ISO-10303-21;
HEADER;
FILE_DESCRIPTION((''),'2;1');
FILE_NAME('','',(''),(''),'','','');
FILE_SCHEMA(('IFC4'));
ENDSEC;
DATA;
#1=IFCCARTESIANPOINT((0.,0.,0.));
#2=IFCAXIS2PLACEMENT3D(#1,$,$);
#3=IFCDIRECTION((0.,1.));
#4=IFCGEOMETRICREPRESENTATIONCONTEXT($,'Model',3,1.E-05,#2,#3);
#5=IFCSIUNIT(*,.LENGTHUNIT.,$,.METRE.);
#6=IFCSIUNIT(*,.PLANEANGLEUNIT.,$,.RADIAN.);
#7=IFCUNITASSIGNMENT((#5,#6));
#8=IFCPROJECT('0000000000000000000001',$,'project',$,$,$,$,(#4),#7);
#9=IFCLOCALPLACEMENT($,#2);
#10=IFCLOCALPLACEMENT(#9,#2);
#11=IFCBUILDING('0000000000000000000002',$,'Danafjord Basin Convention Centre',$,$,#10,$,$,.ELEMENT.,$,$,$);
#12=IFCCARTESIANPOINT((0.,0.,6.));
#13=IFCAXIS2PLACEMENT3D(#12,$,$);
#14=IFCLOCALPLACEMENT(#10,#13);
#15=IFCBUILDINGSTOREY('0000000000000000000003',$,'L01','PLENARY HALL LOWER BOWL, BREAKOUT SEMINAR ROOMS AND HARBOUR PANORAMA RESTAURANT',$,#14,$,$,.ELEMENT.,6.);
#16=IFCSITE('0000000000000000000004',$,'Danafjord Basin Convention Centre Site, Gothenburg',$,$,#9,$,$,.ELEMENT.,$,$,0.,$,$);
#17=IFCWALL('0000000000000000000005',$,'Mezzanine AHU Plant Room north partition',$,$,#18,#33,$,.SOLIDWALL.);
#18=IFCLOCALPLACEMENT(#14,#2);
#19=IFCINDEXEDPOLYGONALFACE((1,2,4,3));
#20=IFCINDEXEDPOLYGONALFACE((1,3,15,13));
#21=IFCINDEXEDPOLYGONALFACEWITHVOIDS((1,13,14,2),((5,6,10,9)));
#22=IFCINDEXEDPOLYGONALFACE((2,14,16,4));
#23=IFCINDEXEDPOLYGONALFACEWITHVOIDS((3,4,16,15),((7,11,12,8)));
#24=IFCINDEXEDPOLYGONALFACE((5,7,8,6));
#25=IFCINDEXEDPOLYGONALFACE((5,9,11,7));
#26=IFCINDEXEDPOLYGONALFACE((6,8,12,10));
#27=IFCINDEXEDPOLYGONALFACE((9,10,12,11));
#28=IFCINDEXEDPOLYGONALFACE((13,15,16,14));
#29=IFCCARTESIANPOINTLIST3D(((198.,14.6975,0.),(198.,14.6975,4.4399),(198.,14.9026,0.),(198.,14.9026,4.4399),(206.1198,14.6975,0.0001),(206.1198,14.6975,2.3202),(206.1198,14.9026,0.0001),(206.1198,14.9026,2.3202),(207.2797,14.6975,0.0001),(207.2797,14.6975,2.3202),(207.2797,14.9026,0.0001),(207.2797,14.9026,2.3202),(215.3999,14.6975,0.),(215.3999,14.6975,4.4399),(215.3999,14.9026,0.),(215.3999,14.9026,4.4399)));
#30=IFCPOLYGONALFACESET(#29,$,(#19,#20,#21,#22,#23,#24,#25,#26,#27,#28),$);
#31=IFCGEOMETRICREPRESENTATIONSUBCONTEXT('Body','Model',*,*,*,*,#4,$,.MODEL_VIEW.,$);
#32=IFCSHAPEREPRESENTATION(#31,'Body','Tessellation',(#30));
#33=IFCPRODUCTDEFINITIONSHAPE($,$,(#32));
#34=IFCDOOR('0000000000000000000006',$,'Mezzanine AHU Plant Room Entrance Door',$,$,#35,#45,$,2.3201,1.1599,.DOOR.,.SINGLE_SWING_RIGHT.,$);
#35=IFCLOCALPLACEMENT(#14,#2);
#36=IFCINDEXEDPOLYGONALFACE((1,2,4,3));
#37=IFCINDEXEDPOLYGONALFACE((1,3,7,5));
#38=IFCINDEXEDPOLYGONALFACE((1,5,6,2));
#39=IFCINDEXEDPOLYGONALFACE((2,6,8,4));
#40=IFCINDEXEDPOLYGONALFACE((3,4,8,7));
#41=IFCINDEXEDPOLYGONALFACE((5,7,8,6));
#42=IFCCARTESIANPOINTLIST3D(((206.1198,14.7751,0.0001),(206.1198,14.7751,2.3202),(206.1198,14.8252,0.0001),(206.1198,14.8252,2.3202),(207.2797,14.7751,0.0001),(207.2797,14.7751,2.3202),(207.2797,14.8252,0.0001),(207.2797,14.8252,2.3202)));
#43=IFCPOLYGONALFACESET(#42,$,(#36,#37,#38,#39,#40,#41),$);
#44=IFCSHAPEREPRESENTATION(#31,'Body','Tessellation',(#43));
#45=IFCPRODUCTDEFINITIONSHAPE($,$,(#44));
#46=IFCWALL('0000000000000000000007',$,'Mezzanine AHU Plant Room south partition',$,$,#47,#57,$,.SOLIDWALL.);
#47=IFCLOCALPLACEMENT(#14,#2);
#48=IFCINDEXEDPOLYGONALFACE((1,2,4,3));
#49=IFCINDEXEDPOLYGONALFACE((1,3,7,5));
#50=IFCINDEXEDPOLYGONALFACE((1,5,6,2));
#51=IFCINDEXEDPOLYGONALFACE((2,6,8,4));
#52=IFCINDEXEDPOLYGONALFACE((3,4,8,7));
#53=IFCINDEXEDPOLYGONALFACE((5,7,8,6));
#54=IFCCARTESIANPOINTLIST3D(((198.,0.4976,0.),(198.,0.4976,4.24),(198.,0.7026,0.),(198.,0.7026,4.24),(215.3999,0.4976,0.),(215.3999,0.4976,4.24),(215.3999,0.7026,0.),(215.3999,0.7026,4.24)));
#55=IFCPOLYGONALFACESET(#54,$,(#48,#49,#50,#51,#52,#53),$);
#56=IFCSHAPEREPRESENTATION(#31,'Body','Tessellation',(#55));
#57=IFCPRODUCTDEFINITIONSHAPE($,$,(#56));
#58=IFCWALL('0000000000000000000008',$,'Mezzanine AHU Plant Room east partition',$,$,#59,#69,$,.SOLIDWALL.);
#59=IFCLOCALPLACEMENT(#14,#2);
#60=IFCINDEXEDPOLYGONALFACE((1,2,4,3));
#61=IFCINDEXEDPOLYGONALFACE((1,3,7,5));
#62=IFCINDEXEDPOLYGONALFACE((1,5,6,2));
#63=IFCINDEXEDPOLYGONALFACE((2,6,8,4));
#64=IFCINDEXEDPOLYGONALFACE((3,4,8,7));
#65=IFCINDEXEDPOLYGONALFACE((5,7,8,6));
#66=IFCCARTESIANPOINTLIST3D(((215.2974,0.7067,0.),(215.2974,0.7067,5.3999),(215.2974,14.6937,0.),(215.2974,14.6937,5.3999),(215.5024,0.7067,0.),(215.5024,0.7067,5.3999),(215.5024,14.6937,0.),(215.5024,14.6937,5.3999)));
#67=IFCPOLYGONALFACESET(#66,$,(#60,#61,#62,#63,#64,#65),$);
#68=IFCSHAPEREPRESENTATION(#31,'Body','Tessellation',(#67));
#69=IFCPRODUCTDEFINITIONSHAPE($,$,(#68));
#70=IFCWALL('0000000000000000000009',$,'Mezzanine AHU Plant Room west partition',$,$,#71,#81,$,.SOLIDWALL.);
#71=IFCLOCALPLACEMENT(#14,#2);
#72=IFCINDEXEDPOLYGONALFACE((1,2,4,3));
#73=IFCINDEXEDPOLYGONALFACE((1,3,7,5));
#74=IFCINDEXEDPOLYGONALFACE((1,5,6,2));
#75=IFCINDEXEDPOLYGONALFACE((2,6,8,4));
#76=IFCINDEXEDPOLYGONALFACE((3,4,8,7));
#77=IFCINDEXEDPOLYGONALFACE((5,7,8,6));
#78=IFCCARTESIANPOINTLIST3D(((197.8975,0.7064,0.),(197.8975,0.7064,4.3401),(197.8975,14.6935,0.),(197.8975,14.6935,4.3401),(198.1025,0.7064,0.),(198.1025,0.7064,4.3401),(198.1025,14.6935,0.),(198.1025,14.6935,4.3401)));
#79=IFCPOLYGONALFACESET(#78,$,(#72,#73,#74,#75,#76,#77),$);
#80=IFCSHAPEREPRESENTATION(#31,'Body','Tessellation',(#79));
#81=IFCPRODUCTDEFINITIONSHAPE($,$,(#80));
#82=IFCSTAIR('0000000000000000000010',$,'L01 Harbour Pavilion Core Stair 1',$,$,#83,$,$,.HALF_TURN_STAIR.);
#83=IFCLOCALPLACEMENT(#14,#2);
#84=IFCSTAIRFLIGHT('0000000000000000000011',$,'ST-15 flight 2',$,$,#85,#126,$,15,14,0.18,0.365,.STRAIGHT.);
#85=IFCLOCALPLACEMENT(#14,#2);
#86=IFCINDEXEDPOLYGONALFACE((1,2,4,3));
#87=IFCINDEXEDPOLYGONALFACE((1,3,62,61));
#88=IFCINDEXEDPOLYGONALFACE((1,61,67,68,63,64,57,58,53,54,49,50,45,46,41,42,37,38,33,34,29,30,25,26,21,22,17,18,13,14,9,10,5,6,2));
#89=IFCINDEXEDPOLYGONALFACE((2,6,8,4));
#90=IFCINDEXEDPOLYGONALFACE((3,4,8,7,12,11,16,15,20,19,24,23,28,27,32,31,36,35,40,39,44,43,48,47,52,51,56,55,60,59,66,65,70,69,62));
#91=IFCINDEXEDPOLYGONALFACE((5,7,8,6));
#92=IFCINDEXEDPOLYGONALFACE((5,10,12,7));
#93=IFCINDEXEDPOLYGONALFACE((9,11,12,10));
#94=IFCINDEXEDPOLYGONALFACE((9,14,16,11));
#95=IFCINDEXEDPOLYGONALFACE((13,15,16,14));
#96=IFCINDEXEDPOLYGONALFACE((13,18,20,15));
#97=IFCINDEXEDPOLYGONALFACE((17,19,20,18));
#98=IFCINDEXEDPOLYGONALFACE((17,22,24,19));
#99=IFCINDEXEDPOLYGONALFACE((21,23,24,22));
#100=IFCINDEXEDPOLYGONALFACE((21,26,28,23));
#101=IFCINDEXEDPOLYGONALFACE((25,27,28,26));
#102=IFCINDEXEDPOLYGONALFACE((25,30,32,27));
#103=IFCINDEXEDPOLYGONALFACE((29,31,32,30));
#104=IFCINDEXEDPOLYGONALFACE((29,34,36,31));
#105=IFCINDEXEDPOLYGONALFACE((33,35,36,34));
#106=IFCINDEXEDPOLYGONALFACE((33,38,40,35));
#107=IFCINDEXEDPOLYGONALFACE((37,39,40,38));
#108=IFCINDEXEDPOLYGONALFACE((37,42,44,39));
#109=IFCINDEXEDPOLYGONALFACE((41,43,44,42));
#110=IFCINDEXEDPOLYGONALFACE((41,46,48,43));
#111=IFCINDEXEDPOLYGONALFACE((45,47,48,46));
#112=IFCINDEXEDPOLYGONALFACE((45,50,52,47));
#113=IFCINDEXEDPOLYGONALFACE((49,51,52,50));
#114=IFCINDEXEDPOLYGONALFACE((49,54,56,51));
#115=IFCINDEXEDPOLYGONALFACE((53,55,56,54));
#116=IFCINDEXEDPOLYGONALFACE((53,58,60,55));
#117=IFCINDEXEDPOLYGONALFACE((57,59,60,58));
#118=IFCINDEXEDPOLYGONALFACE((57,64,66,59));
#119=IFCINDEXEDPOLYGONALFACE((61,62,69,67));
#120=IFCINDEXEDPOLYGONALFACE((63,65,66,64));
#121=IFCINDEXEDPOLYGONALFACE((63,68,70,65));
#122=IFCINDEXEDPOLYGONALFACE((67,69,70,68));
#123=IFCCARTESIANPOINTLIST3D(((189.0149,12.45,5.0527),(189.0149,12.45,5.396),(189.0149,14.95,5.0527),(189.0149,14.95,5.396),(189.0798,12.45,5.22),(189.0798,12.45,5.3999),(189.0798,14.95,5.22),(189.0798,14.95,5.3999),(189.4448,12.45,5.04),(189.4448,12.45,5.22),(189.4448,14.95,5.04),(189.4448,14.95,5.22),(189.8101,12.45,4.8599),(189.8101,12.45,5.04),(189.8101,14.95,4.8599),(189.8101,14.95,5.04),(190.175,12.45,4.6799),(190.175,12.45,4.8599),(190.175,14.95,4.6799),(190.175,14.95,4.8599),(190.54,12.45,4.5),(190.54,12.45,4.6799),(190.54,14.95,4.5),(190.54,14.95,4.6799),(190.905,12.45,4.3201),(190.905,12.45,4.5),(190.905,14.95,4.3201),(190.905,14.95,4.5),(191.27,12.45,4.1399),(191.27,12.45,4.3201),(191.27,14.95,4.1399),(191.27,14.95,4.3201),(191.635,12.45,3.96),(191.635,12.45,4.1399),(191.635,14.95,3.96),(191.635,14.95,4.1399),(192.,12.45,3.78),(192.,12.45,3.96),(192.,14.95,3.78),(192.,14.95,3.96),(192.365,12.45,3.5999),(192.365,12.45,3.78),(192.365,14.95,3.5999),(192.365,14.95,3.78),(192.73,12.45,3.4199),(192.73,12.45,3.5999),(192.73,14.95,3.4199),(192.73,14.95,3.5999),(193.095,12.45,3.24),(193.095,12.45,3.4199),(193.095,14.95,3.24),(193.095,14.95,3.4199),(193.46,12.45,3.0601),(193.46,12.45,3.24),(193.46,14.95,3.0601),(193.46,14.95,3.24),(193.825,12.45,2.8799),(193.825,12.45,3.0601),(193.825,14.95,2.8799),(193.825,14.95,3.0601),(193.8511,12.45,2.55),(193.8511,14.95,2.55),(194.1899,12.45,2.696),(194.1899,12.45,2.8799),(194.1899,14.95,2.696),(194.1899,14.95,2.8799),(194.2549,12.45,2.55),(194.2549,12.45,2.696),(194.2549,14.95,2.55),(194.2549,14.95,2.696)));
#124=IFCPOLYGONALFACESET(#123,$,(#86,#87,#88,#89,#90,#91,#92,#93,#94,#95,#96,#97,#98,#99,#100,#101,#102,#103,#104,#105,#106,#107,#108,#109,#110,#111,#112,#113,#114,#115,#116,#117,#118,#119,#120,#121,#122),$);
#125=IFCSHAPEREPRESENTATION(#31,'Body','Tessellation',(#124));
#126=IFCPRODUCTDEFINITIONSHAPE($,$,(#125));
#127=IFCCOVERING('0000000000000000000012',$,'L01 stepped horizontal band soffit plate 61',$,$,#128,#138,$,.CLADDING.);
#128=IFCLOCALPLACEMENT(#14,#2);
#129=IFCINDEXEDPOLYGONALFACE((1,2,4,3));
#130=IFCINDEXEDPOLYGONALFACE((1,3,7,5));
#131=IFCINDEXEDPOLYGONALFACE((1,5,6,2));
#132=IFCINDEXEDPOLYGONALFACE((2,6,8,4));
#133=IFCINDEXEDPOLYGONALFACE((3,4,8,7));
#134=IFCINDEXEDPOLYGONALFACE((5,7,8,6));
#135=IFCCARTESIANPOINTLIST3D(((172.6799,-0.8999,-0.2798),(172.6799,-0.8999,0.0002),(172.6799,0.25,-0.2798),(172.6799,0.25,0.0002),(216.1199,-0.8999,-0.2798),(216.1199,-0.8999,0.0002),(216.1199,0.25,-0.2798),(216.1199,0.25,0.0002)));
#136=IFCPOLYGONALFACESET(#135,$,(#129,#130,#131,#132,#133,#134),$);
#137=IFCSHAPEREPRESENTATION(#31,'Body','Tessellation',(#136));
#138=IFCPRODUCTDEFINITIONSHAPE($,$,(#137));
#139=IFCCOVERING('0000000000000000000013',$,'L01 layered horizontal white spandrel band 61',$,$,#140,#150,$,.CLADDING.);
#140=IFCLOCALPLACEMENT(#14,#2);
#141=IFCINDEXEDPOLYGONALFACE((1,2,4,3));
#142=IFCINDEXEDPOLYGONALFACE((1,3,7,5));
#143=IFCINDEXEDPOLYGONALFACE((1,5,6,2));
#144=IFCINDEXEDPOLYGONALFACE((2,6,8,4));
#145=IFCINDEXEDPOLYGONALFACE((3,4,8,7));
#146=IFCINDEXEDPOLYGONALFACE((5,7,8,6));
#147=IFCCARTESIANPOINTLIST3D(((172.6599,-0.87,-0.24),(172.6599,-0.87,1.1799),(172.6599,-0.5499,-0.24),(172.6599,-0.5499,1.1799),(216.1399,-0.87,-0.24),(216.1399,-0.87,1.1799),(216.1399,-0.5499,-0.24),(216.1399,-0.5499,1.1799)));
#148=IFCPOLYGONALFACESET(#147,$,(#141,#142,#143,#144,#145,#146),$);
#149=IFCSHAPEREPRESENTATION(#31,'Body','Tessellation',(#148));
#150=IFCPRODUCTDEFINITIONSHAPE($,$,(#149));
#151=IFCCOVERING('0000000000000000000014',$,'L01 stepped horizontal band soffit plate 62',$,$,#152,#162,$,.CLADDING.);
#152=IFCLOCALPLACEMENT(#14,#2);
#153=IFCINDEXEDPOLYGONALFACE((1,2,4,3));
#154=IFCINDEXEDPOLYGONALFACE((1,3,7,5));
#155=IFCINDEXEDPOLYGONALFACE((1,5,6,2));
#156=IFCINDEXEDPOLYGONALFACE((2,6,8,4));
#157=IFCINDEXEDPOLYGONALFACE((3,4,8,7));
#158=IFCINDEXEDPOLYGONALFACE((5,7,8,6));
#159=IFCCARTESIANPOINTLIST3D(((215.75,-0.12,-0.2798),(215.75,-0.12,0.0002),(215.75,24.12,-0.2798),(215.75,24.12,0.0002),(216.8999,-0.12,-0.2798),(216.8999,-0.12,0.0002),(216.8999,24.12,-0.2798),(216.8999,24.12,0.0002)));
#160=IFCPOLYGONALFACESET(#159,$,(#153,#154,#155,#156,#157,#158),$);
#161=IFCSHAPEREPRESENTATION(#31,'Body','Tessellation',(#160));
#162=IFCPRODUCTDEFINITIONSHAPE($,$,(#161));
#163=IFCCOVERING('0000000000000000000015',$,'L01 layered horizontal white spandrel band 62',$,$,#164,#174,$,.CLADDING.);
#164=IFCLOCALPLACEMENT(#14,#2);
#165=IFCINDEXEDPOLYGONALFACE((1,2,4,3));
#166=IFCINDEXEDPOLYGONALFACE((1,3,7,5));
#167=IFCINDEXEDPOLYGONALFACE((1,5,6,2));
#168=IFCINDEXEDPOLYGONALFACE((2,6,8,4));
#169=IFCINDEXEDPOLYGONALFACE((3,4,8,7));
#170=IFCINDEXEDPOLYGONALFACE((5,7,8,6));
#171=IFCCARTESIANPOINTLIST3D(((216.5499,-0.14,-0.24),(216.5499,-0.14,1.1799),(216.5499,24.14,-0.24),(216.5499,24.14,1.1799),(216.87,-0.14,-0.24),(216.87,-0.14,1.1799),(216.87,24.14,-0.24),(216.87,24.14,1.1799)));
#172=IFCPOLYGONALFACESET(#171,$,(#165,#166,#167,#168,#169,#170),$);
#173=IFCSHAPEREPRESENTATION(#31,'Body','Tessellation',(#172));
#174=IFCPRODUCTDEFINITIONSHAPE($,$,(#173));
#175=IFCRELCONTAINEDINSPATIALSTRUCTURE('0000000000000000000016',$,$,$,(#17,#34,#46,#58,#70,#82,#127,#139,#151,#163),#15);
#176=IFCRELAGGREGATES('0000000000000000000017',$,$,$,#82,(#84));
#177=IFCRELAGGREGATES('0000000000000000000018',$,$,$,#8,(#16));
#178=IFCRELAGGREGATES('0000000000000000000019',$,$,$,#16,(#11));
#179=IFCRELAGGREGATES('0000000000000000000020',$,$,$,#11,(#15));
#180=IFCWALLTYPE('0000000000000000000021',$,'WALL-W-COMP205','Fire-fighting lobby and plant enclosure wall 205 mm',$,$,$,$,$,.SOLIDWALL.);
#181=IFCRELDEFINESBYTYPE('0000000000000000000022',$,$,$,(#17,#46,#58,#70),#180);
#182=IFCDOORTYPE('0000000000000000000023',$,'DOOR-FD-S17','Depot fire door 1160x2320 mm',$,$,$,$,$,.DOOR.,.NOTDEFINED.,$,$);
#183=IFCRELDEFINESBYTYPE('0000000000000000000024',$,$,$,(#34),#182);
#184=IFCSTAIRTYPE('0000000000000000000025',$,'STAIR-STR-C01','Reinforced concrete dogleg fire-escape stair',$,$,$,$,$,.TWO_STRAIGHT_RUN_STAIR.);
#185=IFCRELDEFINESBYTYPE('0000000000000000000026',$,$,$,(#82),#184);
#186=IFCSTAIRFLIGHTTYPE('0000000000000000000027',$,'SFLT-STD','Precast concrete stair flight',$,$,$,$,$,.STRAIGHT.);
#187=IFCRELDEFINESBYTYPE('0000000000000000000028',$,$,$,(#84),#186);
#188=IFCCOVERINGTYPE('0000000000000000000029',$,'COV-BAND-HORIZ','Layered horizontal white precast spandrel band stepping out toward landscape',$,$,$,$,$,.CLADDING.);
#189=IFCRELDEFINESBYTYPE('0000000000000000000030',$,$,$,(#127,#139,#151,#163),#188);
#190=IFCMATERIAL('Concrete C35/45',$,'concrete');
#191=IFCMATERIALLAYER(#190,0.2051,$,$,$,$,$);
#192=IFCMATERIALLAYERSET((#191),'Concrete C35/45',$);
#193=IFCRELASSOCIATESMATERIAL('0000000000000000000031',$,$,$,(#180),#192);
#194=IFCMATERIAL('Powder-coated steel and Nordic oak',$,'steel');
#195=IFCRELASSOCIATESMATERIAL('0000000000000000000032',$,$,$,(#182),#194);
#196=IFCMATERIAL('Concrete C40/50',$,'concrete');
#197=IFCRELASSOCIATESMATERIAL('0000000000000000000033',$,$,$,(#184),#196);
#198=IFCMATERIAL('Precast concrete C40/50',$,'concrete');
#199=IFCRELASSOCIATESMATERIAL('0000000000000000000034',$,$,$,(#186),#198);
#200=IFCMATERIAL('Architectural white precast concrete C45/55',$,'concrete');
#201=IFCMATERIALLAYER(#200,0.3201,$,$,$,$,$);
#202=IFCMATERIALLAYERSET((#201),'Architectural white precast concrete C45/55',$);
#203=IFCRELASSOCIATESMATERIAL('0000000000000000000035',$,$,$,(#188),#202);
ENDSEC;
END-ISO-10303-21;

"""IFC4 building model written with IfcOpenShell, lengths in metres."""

from ifc_helpers import new_model, si_unit, direction, frame, frame_2d, origin, origin_2d, place, context, subcontext, project, spatial, polyline, rectangle, outline, extrude, material, layer, layer_set, type_object, element, fill, aggregate, save


model = new_model("IFC4")

# Units and contexts
model_context = context("Model", 3, precision=1e-05, world=origin(), true_north=direction((0.0, 1.0)))
body_context = subcontext(model_context, "Body", "Model", "MODEL_VIEW")
ifc_project = project(units=[si_unit("LENGTHUNIT", "METRE"), si_unit("PLANEANGLEUNIT", "RADIAN")], contexts=[model_context])

# Site, building, storey
site_placement = place(None, origin())
site = spatial("IfcSite", under=ifc_project, at=site_placement, Name="Danafjord Basin Convention Centre Site, Gothenburg", CompositionType="ELEMENT", RefElevation=0.0)
building_placement = place(site_placement, origin())
building = spatial("IfcBuilding", under=site, at=building_placement, Name="Danafjord Basin Convention Centre", CompositionType="ELEMENT")
storey_placement = place(building_placement, frame((0.0, 0.0, 6.0)))
storey = spatial("IfcBuildingStorey", under=building, at=storey_placement, Name="L01", Description="PLENARY HALL LOWER BOWL, BREAKOUT SEMINAR ROOMS AND HARBOUR PANORAMA RESTAURANT", CompositionType="ELEMENT", Elevation=6.0)

# Wall, opening, door
ifc_material_1 = material(Name="Powder-coated steel and Nordic oak", Category="steel")
ifc_material_2 = material(Name="Concrete C35/45", Category="concrete")
ifc_layer_1 = layer(ifc_material_2, 0.2051)
ifc_layer_set_1 = layer_set([ifc_layer_1], Name="Concrete C35/45")
wall_type_1 = type_object("IfcWallType", Name="WALL-W-COMP205", Description="Fire-fighting lobby and plant enclosure wall 205 mm", PredefinedType="SOLIDWALL", material=ifc_layer_set_1)
wall_1_placement = place(storey_placement, frame((215.3999, 14.8, 0.0), z_axis=(0.0, 0.0, 1.0), x_axis=(-1.0, 0.0, 0.0)))
wall_1 = element("IfcWall", 1, at=wall_1_placement, inside=storey, type_object=wall_type_1, Name="Mezzanine AHU Plant Room north partition", PredefinedType="SOLIDWALL", context=body_context, shape_type="SweptSolid", body=[
    extrude(rectangle(XDim=17.3999, YDim=0.2051, at=frame_2d((8.7, 0.0))), origin(), (0.0, 0.0, 1.0), 4.4399),
])
opening_1_placement = place(wall_1_placement, frame((8.1201, 0.0, 0.0)))
opening_1 = element("IfcOpeningElement", 2, at=opening_1_placement, cuts=wall_1, PredefinedType="OPENING", context=body_context, shape_type="SweptSolid", body=[
    extrude(rectangle(XDim=1.1599, YDim=2.3201, at=frame_2d((0.5801, 1.1602))), frame((0.0, 0.1125, 0.0), z_axis=(0.0, -1.0, 0.0), x_axis=(1.0, 0.0, 0.0)), (0.0, 0.0, 1.0), 0.2251),
])
door_type_1 = type_object("IfcDoorType", Name="DOOR-FD-S17", Description="Depot fire door 1160x2320 mm", OperationType="NOTDEFINED", PredefinedType="DOOR", material=ifc_material_1)
door_1_placement = place(opening_1_placement, origin())
door_1 = element("IfcDoor", 3, at=door_1_placement, inside=storey, type_object=door_type_1, Name="Mezzanine AHU Plant Room Entrance Door", OperationType="SINGLE_SWING_RIGHT", OverallHeight=2.3201, OverallWidth=1.1599, PredefinedType="DOOR", context=body_context, shape_type="SweptSolid", body=[
    extrude(rectangle(XDim=1.1599, YDim=2.3201, at=frame_2d((0.5801, 1.1602))), frame((0.0, 0.0249, 0.0), z_axis=(0.0, -1.0, 0.0), x_axis=(1.0, 0.0, 0.0)), (0.0, 0.0, 1.0), 0.05),
])
fill(opening_1, door_1)

# Walls
wall_2_placement = place(storey_placement, frame((198.0, 0.6001, 0.0), z_axis=(0.0, 0.0, 1.0), x_axis=(1.0, 0.0, 0.0)))
element("IfcWall", 4, at=wall_2_placement, inside=storey, type_object=wall_type_1, Name="Mezzanine AHU Plant Room south partition", PredefinedType="SOLIDWALL", context=body_context, shape_type="SweptSolid", body=[
    extrude(rectangle(XDim=17.3999, YDim=0.2051, at=frame_2d((8.7, 0.0))), origin(), (0.0, 0.0, 1.0), 4.24),
])
wall_3_placement = place(storey_placement, frame((215.3999, 0.7065, 0.0), z_axis=(0.0, 0.0, 1.0), x_axis=(0.0, 1.0, 0.0)))
element("IfcWall", 5, at=wall_3_placement, inside=storey, type_object=wall_type_1, Name="Mezzanine AHU Plant Room east partition", PredefinedType="SOLIDWALL", context=body_context, shape_type="SweptSolid", body=[
    extrude(rectangle(XDim=13.9871, YDim=0.2051, at=frame_2d((6.9937, 0.0))), origin(), (0.0, 0.0, 1.0), 5.3999),
])
wall_4_placement = place(storey_placement, frame((198.0, 14.6936, 0.0), z_axis=(0.0, 0.0, 1.0), x_axis=(0.0, -1.0, 0.0)))
element("IfcWall", 6, at=wall_4_placement, inside=storey, type_object=wall_type_1, Name="Mezzanine AHU Plant Room west partition", PredefinedType="SOLIDWALL", context=body_context, shape_type="SweptSolid", body=[
    extrude(rectangle(XDim=13.9871, YDim=0.2051, at=frame_2d((6.9937, 0.0))), origin(), (0.0, 0.0, 1.0), 4.3401),
])

# Stair, stair flight
ifc_material_3 = material(Name="Concrete C40/50", Category="concrete")
stair_type = type_object("IfcStairType", Name="STAIR-STR-C01", Description="Reinforced concrete dogleg fire-escape stair", PredefinedType="TWO_STRAIGHT_RUN_STAIR", material=ifc_material_3)
stair_placement = place(storey_placement, origin())
stair = element("IfcStair", 7, at=stair_placement, inside=storey, type_object=stair_type, Name="L01 Harbour Pavilion Core Stair 1", PredefinedType="HALF_TURN_STAIR")
ifc_material_4 = material(Name="Precast concrete C40/50", Category="concrete")
stair_flight_type = type_object("IfcStairFlightType", Name="SFLT-STD", Description="Precast concrete stair flight", PredefinedType="STRAIGHT", material=ifc_material_4)
stair_flight_placement = place(storey_placement, frame((194.1899, 13.7, 2.7), z_axis=(0.0, 0.0, 1.0), x_axis=(-1.0, 0.0, 0.0)))
stair_flight = element("IfcStairFlight", 8, at=stair_flight_placement, type_object=stair_flight_type, Name="ST-15 flight 2", NumberOfRisers=15, NumberOfTreads=14, PredefinedType="STRAIGHT", RiserHeight=0.18, TreadLength=0.365, context=body_context, shape_type="SweptSolid", body=[
    extrude(outline(polyline([(-0.0649, -0.1499), (-0.0649, -0.0039), (0.0, -0.0039), (0.0, 0.1799), (0.365, 0.1799), (0.365, 0.3601), (0.73, 0.3601), (0.73, 0.54), (1.095, 0.54), (1.095, 0.72), (1.46, 0.72), (1.46, 0.8999), (1.825, 0.8999), (1.825, 1.0801), (2.1899, 1.0801), (2.1899, 1.26), (2.5549, 1.26), (2.5549, 1.4399), (2.9199, 1.4399), (2.9199, 1.6201), (3.2849, 1.6201), (3.2849, 1.8), (3.6499, 1.8), (3.6499, 1.98), (4.0149, 1.98), (4.0149, 2.1599), (4.3799, 2.1599), (4.3799, 2.3401), (4.7451, 2.3401), (4.7451, 2.52), (5.1101, 2.52), (5.1101, 2.7), (5.175, 2.696), (5.175, 2.3528), (0.3389, -0.1499), (-0.0649, -0.1499)])), frame((0.0, 1.25, 0.0), z_axis=(0.0, -1.0, 0.0), x_axis=(1.0, 0.0, 0.0)), (0.0, 0.0, 1.0), 2.5),
])
aggregate(stair, [stair_flight])

# Coverings
ifc_material_5 = material(Name="Architectural white precast concrete C45/55", Category="concrete")
ifc_layer_2 = layer(ifc_material_5, 0.3201)
ifc_layer_set_2 = layer_set([ifc_layer_2], Name="Architectural white precast concrete C45/55")
covering_type = type_object("IfcCoveringType", Name="COV-BAND-HORIZ", Description="Layered horizontal white precast spandrel band stepping out toward landscape", PredefinedType="CLADDING", material=ifc_layer_set_2)
covering_1_placement = place(storey_placement, frame((194.3999, -0.325, -0.2798), z_axis=(0.0, 0.0, 1.0), x_axis=(1.0, 0.0, 0.0)))
element("IfcCovering", 9, at=covering_1_placement, inside=storey, type_object=covering_type, Name="L01 stepped horizontal band soffit plate 61", PredefinedType="CLADDING", context=body_context, shape_type="SweptSolid", body=[
    extrude(rectangle(XDim=43.4399, YDim=1.1499, at=origin_2d()), origin(), (0.0, 0.0, 1.0), 0.28),
])
covering_2_placement = place(storey_placement, frame((194.3999, -0.71, -0.24), z_axis=(0.0, 0.0, 1.0), x_axis=(1.0, 0.0, 0.0)))
element("IfcCovering", 10, at=covering_2_placement, inside=storey, type_object=covering_type, Name="L01 layered horizontal white spandrel band 61", PredefinedType="CLADDING", context=body_context, shape_type="SweptSolid", body=[
    extrude(rectangle(XDim=43.48, YDim=0.3201, at=origin_2d()), origin(), (0.0, 0.0, 1.0), 1.4199),
])
covering_3_placement = place(storey_placement, frame((216.325, 12.0, -0.2798), z_axis=(0.0, 0.0, 1.0), x_axis=(0.0, 1.0, 0.0)))
element("IfcCovering", 11, at=covering_3_placement, inside=storey, type_object=covering_type, Name="L01 stepped horizontal band soffit plate 62", PredefinedType="CLADDING", context=body_context, shape_type="SweptSolid", body=[
    extrude(rectangle(XDim=24.24, YDim=1.1499, at=origin_2d()), origin(), (0.0, 0.0, 1.0), 0.28),
])
covering_4_placement = place(storey_placement, frame((216.71, 12.0, -0.24), z_axis=(0.0, 0.0, 1.0), x_axis=(0.0, 1.0, 0.0)))
element("IfcCovering", 12, at=covering_4_placement, inside=storey, type_object=covering_type, Name="L01 layered horizontal white spandrel band 62", PredefinedType="CLADDING", context=body_context, shape_type="SweptSolid", body=[
    extrude(rectangle(XDim=24.28, YDim=0.3201, at=origin_2d()), origin(), (0.0, 0.0, 1.0), 1.4199),
])

save(model, "model.ifc")
